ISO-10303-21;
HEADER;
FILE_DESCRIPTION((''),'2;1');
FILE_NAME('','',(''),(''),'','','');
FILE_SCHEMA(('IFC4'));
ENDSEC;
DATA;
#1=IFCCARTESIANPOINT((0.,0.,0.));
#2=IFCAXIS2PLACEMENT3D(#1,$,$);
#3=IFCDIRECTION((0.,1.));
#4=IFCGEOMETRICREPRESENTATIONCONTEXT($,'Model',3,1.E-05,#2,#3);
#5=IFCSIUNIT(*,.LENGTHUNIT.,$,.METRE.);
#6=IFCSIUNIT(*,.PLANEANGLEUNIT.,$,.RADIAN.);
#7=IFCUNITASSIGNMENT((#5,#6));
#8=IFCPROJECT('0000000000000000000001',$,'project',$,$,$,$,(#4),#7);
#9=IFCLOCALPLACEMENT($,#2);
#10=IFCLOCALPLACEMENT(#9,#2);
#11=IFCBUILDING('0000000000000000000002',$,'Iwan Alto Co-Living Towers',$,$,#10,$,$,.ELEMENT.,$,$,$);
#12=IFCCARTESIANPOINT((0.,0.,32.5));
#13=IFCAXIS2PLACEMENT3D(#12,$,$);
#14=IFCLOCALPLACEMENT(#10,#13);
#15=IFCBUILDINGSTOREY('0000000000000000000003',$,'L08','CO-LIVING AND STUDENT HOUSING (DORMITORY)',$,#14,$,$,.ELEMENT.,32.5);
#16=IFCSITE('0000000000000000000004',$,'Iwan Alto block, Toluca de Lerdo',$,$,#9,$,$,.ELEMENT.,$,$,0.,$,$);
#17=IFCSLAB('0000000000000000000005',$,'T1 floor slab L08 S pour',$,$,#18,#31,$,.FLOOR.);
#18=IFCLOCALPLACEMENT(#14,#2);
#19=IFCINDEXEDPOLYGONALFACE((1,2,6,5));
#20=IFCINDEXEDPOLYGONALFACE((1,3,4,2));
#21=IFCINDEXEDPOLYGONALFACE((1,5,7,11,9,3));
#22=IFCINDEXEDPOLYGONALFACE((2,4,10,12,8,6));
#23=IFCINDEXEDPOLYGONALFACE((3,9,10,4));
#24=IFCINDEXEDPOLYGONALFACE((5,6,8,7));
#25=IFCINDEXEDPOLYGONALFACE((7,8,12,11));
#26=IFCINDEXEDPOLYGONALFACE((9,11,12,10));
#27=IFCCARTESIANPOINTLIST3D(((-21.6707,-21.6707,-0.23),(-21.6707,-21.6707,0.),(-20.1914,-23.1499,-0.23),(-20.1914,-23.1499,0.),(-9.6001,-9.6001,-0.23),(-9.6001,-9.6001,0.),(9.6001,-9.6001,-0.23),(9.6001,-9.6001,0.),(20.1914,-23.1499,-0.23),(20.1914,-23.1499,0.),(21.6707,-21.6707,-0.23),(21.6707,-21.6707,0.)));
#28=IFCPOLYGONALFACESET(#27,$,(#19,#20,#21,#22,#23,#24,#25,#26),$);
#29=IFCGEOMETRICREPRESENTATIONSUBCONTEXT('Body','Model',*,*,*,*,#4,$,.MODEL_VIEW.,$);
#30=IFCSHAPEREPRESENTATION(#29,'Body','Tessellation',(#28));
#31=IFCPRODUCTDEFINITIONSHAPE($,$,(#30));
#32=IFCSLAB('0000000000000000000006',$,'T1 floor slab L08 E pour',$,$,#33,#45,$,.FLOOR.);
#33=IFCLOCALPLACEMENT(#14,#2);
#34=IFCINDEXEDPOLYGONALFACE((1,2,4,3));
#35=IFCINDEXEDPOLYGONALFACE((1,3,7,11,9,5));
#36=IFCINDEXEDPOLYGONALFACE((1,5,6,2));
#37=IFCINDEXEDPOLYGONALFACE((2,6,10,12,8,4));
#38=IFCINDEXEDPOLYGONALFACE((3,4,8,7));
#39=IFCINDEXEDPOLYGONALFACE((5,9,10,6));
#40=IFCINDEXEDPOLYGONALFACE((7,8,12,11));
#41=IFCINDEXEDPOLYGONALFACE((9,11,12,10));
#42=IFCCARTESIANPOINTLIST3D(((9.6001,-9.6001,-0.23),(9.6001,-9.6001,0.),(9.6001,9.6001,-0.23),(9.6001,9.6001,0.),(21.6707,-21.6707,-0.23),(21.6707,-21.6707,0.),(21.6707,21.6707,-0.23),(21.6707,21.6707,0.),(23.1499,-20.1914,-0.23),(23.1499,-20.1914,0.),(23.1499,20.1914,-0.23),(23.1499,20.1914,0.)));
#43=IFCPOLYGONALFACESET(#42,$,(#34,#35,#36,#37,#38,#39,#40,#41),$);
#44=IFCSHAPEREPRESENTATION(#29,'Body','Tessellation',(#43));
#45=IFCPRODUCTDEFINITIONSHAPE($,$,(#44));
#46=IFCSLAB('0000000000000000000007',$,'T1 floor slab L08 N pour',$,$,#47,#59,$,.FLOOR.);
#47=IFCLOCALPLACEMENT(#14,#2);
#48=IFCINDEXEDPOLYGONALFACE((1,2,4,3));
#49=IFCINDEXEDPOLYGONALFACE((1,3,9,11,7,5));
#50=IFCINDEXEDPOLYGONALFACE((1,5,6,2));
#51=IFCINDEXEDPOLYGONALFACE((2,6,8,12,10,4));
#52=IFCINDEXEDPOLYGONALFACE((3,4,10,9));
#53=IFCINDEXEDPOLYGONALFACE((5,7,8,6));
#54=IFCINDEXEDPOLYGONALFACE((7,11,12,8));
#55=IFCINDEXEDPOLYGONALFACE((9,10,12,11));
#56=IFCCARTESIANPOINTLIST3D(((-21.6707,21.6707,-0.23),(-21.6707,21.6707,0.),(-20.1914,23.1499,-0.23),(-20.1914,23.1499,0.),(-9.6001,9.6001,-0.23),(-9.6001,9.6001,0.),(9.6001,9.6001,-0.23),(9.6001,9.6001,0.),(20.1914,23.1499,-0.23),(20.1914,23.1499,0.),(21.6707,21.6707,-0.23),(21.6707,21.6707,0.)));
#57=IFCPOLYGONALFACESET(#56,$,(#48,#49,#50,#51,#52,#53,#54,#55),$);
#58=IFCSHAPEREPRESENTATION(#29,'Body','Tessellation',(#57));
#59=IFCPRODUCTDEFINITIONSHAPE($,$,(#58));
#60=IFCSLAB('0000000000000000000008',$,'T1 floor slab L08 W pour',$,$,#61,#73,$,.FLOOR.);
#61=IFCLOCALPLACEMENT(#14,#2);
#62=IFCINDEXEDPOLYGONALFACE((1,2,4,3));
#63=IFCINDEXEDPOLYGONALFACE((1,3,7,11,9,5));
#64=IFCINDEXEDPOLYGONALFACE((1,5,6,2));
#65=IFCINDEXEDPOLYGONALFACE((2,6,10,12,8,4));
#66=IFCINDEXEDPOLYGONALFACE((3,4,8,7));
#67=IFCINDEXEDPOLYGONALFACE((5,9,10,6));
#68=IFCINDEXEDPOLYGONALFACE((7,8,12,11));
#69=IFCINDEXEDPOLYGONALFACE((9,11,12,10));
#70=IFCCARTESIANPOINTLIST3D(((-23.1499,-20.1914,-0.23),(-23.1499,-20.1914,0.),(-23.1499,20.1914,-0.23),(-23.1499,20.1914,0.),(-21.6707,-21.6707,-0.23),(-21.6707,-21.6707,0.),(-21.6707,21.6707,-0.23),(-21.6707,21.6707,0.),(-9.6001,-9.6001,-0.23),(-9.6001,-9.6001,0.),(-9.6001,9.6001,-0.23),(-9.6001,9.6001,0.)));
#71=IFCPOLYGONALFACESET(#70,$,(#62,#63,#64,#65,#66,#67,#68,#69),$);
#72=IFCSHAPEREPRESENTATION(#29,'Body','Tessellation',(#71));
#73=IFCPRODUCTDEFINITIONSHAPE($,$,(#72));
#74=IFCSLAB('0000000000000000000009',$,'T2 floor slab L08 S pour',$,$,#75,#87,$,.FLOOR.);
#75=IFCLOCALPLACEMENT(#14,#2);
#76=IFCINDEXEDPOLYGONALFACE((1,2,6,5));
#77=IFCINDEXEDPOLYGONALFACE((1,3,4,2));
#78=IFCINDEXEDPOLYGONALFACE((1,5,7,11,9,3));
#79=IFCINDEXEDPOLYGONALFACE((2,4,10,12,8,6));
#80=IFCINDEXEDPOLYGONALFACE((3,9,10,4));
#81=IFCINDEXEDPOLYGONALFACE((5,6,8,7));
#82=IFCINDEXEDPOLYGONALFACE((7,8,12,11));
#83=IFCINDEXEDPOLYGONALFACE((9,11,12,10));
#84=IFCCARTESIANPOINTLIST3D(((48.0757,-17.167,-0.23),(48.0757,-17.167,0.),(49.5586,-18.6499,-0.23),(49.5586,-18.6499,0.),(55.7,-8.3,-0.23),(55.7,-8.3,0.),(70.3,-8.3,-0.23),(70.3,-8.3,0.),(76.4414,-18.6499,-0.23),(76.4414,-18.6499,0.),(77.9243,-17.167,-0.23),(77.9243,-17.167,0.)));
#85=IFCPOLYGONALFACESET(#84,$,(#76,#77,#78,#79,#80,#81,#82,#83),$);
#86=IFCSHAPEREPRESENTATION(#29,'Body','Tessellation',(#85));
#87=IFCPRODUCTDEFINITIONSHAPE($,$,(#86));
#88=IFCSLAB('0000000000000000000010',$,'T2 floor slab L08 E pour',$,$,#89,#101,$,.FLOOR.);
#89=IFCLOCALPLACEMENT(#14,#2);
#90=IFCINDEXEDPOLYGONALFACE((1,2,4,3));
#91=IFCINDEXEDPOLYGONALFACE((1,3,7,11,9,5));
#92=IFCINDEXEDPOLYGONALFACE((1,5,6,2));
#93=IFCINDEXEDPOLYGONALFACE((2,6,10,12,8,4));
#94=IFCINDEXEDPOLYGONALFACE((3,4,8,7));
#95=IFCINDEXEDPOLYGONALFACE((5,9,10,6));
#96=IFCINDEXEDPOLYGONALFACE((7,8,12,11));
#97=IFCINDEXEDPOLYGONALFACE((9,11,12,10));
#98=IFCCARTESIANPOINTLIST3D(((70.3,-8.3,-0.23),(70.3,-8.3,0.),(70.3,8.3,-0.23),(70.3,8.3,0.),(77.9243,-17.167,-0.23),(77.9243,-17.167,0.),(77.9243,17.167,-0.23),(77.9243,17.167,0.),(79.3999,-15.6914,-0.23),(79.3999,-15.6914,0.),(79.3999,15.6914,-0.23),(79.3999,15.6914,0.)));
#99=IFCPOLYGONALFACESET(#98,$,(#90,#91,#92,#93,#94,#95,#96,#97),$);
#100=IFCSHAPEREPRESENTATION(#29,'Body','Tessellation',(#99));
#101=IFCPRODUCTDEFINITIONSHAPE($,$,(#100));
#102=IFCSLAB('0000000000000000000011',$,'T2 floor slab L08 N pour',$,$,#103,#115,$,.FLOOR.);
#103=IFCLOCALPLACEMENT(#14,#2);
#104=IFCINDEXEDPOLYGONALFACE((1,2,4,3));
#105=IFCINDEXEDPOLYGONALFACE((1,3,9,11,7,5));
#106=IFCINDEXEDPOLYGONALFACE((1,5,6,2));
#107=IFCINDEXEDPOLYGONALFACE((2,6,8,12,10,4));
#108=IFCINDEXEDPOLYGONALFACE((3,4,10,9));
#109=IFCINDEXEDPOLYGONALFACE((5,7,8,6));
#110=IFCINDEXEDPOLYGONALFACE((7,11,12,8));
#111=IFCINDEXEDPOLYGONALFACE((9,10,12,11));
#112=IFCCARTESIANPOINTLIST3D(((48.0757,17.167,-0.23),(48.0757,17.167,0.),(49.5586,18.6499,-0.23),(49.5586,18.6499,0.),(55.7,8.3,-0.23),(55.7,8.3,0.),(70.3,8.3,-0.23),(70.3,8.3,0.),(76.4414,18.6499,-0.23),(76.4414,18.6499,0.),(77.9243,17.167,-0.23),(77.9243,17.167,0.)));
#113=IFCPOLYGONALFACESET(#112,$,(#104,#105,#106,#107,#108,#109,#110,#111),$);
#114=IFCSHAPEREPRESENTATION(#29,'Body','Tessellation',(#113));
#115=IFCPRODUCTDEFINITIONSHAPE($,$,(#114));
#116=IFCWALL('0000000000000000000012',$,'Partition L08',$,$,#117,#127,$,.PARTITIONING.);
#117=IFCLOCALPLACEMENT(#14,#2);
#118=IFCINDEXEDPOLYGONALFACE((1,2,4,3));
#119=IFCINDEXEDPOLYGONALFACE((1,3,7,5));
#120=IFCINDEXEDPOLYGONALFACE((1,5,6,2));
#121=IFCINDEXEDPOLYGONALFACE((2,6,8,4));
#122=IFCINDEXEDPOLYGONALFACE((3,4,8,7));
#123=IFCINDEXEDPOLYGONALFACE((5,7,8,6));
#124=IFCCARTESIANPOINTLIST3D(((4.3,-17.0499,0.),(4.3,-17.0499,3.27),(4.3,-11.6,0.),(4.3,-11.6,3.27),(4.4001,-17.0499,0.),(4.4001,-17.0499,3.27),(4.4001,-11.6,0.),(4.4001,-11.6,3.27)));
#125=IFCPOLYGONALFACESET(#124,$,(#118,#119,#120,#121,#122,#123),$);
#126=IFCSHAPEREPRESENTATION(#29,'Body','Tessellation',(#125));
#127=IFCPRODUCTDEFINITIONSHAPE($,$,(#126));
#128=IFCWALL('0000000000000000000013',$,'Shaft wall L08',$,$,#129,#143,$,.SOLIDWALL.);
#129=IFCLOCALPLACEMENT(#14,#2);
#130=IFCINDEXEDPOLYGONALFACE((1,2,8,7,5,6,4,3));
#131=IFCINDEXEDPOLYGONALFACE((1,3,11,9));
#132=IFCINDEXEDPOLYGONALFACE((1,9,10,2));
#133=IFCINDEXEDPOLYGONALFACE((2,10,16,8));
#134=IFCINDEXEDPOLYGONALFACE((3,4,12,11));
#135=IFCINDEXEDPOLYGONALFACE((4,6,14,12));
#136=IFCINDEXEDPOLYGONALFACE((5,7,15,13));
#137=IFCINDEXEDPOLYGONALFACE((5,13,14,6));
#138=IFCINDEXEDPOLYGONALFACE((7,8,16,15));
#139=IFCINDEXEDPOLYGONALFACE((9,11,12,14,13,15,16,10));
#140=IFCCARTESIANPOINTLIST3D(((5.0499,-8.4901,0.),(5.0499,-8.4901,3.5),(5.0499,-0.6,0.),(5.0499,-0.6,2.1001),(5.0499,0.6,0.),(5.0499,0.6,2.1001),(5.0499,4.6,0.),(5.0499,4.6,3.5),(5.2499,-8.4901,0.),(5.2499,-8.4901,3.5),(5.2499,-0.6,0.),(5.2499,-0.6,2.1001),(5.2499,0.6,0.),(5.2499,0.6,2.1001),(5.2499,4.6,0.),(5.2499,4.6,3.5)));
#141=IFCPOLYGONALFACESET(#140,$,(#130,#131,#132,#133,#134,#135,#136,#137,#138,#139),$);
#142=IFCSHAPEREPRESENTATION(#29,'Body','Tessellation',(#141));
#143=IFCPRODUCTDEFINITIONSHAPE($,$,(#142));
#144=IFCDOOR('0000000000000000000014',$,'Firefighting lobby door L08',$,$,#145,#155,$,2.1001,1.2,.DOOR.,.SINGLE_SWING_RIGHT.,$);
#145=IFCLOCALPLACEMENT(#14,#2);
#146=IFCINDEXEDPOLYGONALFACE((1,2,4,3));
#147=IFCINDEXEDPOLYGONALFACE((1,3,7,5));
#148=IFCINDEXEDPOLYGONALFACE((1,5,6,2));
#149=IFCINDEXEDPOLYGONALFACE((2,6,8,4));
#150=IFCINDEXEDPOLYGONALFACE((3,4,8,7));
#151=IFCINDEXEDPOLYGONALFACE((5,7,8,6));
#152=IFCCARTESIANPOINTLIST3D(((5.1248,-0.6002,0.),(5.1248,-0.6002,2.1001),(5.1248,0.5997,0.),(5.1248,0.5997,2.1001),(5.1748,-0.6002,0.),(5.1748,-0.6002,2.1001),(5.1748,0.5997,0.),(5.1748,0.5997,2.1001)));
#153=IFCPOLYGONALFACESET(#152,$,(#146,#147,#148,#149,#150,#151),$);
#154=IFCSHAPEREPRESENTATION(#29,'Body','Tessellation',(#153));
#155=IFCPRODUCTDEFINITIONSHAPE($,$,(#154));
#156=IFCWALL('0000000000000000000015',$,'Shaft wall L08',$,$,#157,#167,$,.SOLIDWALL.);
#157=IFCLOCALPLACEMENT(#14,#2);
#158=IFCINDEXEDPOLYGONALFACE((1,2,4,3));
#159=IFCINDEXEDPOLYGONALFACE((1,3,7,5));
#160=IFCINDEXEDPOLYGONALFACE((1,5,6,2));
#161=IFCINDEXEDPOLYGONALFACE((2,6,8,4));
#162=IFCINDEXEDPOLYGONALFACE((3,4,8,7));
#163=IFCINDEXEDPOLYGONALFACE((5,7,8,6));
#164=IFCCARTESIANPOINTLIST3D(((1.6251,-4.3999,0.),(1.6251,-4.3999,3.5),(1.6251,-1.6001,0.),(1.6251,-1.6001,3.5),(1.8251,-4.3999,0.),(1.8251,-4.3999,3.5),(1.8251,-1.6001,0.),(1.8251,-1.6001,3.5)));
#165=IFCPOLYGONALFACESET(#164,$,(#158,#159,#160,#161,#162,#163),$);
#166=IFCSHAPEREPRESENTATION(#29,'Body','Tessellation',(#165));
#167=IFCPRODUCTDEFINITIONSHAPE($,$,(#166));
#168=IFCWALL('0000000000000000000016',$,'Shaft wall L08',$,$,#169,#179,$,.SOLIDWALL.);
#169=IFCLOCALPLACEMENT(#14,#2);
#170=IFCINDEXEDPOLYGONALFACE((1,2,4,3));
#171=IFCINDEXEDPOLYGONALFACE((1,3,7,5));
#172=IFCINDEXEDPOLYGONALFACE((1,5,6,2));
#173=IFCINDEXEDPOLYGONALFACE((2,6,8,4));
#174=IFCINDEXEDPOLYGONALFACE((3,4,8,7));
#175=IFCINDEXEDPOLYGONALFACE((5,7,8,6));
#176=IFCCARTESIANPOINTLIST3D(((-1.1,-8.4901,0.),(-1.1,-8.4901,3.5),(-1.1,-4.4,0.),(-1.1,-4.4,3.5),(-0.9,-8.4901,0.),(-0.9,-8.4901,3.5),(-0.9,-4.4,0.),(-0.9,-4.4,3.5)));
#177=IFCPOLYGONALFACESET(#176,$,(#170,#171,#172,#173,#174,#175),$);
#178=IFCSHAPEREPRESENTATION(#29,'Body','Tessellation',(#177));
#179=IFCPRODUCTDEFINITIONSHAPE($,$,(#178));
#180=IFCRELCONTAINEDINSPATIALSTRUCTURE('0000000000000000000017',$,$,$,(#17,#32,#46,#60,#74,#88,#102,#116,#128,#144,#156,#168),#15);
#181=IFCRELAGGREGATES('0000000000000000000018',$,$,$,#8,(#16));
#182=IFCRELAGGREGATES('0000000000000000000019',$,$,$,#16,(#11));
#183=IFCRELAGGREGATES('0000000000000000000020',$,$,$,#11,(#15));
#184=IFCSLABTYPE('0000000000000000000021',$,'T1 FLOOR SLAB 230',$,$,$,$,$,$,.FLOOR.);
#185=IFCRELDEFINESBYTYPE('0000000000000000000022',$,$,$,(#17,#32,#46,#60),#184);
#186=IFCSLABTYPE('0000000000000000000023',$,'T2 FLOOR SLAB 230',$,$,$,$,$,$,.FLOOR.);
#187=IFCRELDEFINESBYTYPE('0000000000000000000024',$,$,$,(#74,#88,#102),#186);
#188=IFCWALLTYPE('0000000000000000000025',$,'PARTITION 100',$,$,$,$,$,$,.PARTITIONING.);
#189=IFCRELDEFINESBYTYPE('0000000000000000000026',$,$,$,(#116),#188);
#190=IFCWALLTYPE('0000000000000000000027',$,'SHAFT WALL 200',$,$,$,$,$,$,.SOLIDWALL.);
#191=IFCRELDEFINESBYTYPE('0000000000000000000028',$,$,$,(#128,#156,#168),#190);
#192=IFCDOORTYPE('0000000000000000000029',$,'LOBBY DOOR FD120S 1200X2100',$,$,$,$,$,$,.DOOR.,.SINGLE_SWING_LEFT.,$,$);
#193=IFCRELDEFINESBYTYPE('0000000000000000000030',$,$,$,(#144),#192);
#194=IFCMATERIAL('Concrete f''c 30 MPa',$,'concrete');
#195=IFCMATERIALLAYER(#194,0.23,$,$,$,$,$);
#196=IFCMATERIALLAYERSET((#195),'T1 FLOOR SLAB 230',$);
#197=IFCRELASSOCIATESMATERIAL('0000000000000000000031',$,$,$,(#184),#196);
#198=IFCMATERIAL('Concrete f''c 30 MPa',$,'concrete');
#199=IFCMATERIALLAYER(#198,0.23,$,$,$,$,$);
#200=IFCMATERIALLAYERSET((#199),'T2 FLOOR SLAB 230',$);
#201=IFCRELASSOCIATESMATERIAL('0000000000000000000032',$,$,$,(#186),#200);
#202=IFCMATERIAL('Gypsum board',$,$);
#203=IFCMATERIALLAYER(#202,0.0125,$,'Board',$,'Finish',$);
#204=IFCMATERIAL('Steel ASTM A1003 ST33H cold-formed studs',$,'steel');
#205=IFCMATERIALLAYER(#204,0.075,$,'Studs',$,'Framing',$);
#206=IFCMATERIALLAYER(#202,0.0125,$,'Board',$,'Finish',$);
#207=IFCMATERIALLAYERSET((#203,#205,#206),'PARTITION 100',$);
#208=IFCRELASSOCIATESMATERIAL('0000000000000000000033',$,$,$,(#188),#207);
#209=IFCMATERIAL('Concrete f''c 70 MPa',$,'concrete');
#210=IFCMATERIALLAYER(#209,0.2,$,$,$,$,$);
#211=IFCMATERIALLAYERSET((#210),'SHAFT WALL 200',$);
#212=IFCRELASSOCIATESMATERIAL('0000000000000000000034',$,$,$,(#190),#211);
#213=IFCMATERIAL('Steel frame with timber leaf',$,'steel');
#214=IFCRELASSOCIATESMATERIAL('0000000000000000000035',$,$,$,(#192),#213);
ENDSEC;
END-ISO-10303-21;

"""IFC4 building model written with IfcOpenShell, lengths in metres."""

from ifc_helpers import new_model, si_unit, direction, frame, frame_2d, origin, place, context, subcontext, project, spatial, polyline, rectangle, outline, extrude, material, layer, layer_set, type_object, element, fill, save


model = new_model("IFC4")

# Units and contexts
model_context = context("Model", 3, precision=1e-05, world=origin(), true_north=direction((0.0, 1.0)))
body_context = subcontext(model_context, "Body", "Model", "MODEL_VIEW")
ifc_project = project(units=[si_unit("LENGTHUNIT", "METRE"), si_unit("PLANEANGLEUNIT", "RADIAN")], contexts=[model_context])

# Site, building, storey
site_placement = place(None, origin())
site = spatial("IfcSite", under=ifc_project, at=site_placement, Name="Iwan Alto block, Toluca de Lerdo", CompositionType="ELEMENT", RefElevation=0.0)
building_placement = place(site_placement, origin())
building = spatial("IfcBuilding", under=site, at=building_placement, Name="Iwan Alto Co-Living Towers", CompositionType="ELEMENT")
storey_placement = place(building_placement, frame((0.0, 0.0, 32.5)))
storey = spatial("IfcBuildingStorey", under=building, at=storey_placement, Name="L08", Description="CO-LIVING AND STUDENT HOUSING (DORMITORY)", CompositionType="ELEMENT", Elevation=32.5)

# Slabs
ifc_material_1 = material(Name="Concrete f'c 30 MPa", Category="concrete")
ifc_layer_1 = layer(ifc_material_1, 0.23)
ifc_layer_set_1 = layer_set([ifc_layer_1], Name="T1 FLOOR SLAB 230")
slab_type_1 = type_object("IfcSlabType", Name="T1 FLOOR SLAB 230", PredefinedType="FLOOR", material=ifc_layer_set_1)
slab_1_placement = place(storey_placement, frame((0.0, 0.0, -0.23)))
element("IfcSlab", 1, at=slab_1_placement, inside=storey, type_object=slab_type_1, Name="T1 floor slab L08 S pour", PredefinedType="FLOOR", context=body_context, shape_type="SweptSolid", body=[
    extrude(outline(polyline([(20.1914, -23.1499), (-20.1914, -23.1499), (-21.6707, -21.6707), (-9.6001, -9.6001), (9.6001, -9.6001), (21.6707, -21.6707), (20.1914, -23.1499)])), origin(), (0.0, 0.0, 1.0), 0.23),
])
slab_2_placement = place(storey_placement, frame((0.0, 0.0, -0.23)))
element("IfcSlab", 2, at=slab_2_placement, inside=storey, type_object=slab_type_1, Name="T1 floor slab L08 E pour", PredefinedType="FLOOR", context=body_context, shape_type="SweptSolid", body=[
    extrude(outline(polyline([(23.1499, 20.1914), (23.1499, -20.1914), (21.6707, -21.6707), (9.6001, -9.6001), (9.6001, 9.6001), (21.6707, 21.6707), (23.1499, 20.1914)])), origin(), (0.0, 0.0, 1.0), 0.23),
])
slab_3_placement = place(storey_placement, frame((0.0, 0.0, -0.23)))
element("IfcSlab", 3, at=slab_3_placement, inside=storey, type_object=slab_type_1, Name="T1 floor slab L08 N pour", PredefinedType="FLOOR", context=body_context, shape_type="SweptSolid", body=[
    extrude(outline(polyline([(-20.1914, 23.1499), (20.1914, 23.1499), (21.6707, 21.6707), (9.6001, 9.6001), (-9.6001, 9.6001), (-21.6707, 21.6707), (-20.1914, 23.1499)])), origin(), (0.0, 0.0, 1.0), 0.23),
])
slab_4_placement = place(storey_placement, frame((0.0, 0.0, -0.23)))
element("IfcSlab", 4, at=slab_4_placement, inside=storey, type_object=slab_type_1, Name="T1 floor slab L08 W pour", PredefinedType="FLOOR", context=body_context, shape_type="SweptSolid", body=[
    extrude(outline(polyline([(-23.1499, 20.1914), (-21.6707, 21.6707), (-9.6001, 9.6001), (-9.6001, -9.6001), (-21.6707, -21.6707), (-23.1499, -20.1914), (-23.1499, 20.1914)])), origin(), (0.0, 0.0, 1.0), 0.23),
])
ifc_material_2 = material(Name="Concrete f'c 30 MPa", Category="concrete")
ifc_layer_2 = layer(ifc_material_2, 0.23)
ifc_layer_set_2 = layer_set([ifc_layer_2], Name="T2 FLOOR SLAB 230")
slab_type_2 = type_object("IfcSlabType", Name="T2 FLOOR SLAB 230", PredefinedType="FLOOR", material=ifc_layer_set_2)
slab_5_placement = place(storey_placement, frame((0.0, 0.0, -0.23)))
element("IfcSlab", 5, at=slab_5_placement, inside=storey, type_object=slab_type_2, Name="T2 floor slab L08 S pour", PredefinedType="FLOOR", context=body_context, shape_type="SweptSolid", body=[
    extrude(outline(polyline([(76.4414, -18.6499), (49.5586, -18.6499), (48.0757, -17.167), (55.7, -8.3), (70.3, -8.3), (77.9243, -17.167), (76.4414, -18.6499)])), origin(), (0.0, 0.0, 1.0), 0.23),
])
slab_6_placement = place(storey_placement, frame((0.0, 0.0, -0.23)))
element("IfcSlab", 6, at=slab_6_placement, inside=storey, type_object=slab_type_2, Name="T2 floor slab L08 E pour", PredefinedType="FLOOR", context=body_context, shape_type="SweptSolid", body=[
    extrude(outline(polyline([(79.3999, 15.6914), (79.3999, -15.6914), (77.9243, -17.167), (70.3, -8.3), (70.3, 8.3), (77.9243, 17.167), (79.3999, 15.6914)])), origin(), (0.0, 0.0, 1.0), 0.23),
])
slab_7_placement = place(storey_placement, frame((0.0, 0.0, -0.23)))
element("IfcSlab", 7, at=slab_7_placement, inside=storey, type_object=slab_type_2, Name="T2 floor slab L08 N pour", PredefinedType="FLOOR", context=body_context, shape_type="SweptSolid", body=[
    extrude(outline(polyline([(49.5586, 18.6499), (76.4414, 18.6499), (77.9243, 17.167), (70.3, 8.3), (55.7, 8.3), (48.0757, 17.167), (49.5586, 18.6499)])), origin(), (0.0, 0.0, 1.0), 0.23),
])

# Wall
ifc_material_3 = material(Name="Gypsum board")
ifc_layer_3 = layer(ifc_material_3, 0.0125, Name="Board", Category="Finish")
ifc_material_4 = material(Name="Steel ASTM A1003 ST33H cold-formed studs", Category="steel")
ifc_layer_4 = layer(ifc_material_4, 0.075, Name="Studs", Category="Framing")
ifc_layer_5 = layer(ifc_material_3, 0.0125, Name="Board", Category="Finish")
ifc_layer_set_3 = layer_set([ifc_layer_3, ifc_layer_4, ifc_layer_5], Name="PARTITION 100")
wall_type_1 = type_object("IfcWallType", Name="PARTITION 100", PredefinedType="PARTITIONING", material=ifc_layer_set_3)
wall_1_placement = place(storey_placement, frame((4.3501, -17.05, 0.0), z_axis=(0.0, 0.0, 1.0), x_axis=(0.0, 1.0, 0.0)))
element("IfcWall", 8, at=wall_1_placement, inside=storey, type_object=wall_type_1, Name="Partition L08", PredefinedType="PARTITIONING", context=body_context, shape_type="SweptSolid", body=[
    extrude(rectangle(XDim=5.45, YDim=0.1001, at=frame_2d((2.7251, 0.0))), origin(), (0.0, 0.0, 1.0), 3.27),
])

# Wall, opening, door
ifc_material_5 = material(Name="Concrete f'c 70 MPa", Category="concrete")
ifc_layer_6 = layer(ifc_material_5, 0.2)
ifc_layer_set_4 = layer_set([ifc_layer_6], Name="SHAFT WALL 200")
wall_type_2 = type_object("IfcWallType", Name="SHAFT WALL 200", PredefinedType="SOLIDWALL", material=ifc_layer_set_4)
wall_2_placement = place(storey_placement, frame((5.1499, -8.49, 0.0), z_axis=(0.0, 0.0, 1.0), x_axis=(0.0, 1.0, 0.0)))
wall_2 = element("IfcWall", 9, at=wall_2_placement, inside=storey, type_object=wall_type_2, Name="Shaft wall L08", PredefinedType="SOLIDWALL", context=body_context, shape_type="SweptSolid", body=[
    extrude(rectangle(XDim=13.0901, YDim=0.2, at=frame_2d((6.5449, 0.0))), origin(), (0.0, 0.0, 1.0), 3.5),
])
opening_1_placement = place(wall_2_placement, frame((7.8899, 0.0, 0.0)))
opening_1 = element("IfcOpeningElement", 10, at=opening_1_placement, cuts=wall_2, PredefinedType="OPENING", context=body_context, shape_type="SweptSolid", body=[
    extrude(rectangle(XDim=1.2, YDim=2.1001, at=frame_2d((0.6001, 1.05))), frame((0.0, 0.1099, 0.0), z_axis=(0.0, -1.0, 0.0), x_axis=(1.0, 0.0, 0.0)), (0.0, 0.0, 1.0), 0.22),
])
ifc_material_6 = material(Name="Steel frame with timber leaf", Category="steel")
door_type_1 = type_object("IfcDoorType", Name="LOBBY DOOR FD120S 1200X2100", OperationType="SINGLE_SWING_LEFT", PredefinedType="DOOR", material=ifc_material_6)
door_1_placement = place(opening_1_placement, frame((1.2, 0.0, 0.0), z_axis=(0.0, 0.0, 1.0), x_axis=(-1.0, 0.0, 0.0)))
door_1 = element("IfcDoor", 11, at=door_1_placement, inside=storey, type_object=door_type_1, Name="Firefighting lobby door L08", OperationType="SINGLE_SWING_RIGHT", OverallHeight=2.1001, OverallWidth=1.2, PredefinedType="DOOR", context=body_context, shape_type="SweptSolid", body=[
    extrude(rectangle(XDim=1.2, YDim=2.1001, at=frame_2d((0.6001, 1.05))), frame((0.0, 0.0249, 0.0), z_axis=(0.0, -1.0, 0.0), x_axis=(1.0, 0.0, 0.0)), (0.0, 0.0, 1.0), 0.05),
])
fill(opening_1, door_1)

# Walls
wall_3_placement = place(storey_placement, frame((1.7251, -4.3999, 0.0), z_axis=(0.0, 0.0, 1.0), x_axis=(0.0, 1.0, 0.0)))
element("IfcWall", 12, at=wall_3_placement, inside=storey, type_object=wall_type_2, Name="Shaft wall L08", PredefinedType="SOLIDWALL", context=body_context, shape_type="SweptSolid", body=[
    extrude(rectangle(XDim=2.7998, YDim=0.2, at=frame_2d((1.3999, 0.0))), origin(), (0.0, 0.0, 1.0), 3.5),
])
wall_4_placement = place(storey_placement, frame((-1.0, -8.49, 0.0), z_axis=(0.0, 0.0, 1.0), x_axis=(0.0, 1.0, 0.0)))
element("IfcWall", 13, at=wall_4_placement, inside=storey, type_object=wall_type_2, Name="Shaft wall L08", PredefinedType="SOLIDWALL", context=body_context, shape_type="SweptSolid", body=[
    extrude(rectangle(XDim=4.0901, YDim=0.2, at=frame_2d((2.0449, 0.0))), origin(), (0.0, 0.0, 1.0), 3.5),
])

save(model, "model.ifc")
